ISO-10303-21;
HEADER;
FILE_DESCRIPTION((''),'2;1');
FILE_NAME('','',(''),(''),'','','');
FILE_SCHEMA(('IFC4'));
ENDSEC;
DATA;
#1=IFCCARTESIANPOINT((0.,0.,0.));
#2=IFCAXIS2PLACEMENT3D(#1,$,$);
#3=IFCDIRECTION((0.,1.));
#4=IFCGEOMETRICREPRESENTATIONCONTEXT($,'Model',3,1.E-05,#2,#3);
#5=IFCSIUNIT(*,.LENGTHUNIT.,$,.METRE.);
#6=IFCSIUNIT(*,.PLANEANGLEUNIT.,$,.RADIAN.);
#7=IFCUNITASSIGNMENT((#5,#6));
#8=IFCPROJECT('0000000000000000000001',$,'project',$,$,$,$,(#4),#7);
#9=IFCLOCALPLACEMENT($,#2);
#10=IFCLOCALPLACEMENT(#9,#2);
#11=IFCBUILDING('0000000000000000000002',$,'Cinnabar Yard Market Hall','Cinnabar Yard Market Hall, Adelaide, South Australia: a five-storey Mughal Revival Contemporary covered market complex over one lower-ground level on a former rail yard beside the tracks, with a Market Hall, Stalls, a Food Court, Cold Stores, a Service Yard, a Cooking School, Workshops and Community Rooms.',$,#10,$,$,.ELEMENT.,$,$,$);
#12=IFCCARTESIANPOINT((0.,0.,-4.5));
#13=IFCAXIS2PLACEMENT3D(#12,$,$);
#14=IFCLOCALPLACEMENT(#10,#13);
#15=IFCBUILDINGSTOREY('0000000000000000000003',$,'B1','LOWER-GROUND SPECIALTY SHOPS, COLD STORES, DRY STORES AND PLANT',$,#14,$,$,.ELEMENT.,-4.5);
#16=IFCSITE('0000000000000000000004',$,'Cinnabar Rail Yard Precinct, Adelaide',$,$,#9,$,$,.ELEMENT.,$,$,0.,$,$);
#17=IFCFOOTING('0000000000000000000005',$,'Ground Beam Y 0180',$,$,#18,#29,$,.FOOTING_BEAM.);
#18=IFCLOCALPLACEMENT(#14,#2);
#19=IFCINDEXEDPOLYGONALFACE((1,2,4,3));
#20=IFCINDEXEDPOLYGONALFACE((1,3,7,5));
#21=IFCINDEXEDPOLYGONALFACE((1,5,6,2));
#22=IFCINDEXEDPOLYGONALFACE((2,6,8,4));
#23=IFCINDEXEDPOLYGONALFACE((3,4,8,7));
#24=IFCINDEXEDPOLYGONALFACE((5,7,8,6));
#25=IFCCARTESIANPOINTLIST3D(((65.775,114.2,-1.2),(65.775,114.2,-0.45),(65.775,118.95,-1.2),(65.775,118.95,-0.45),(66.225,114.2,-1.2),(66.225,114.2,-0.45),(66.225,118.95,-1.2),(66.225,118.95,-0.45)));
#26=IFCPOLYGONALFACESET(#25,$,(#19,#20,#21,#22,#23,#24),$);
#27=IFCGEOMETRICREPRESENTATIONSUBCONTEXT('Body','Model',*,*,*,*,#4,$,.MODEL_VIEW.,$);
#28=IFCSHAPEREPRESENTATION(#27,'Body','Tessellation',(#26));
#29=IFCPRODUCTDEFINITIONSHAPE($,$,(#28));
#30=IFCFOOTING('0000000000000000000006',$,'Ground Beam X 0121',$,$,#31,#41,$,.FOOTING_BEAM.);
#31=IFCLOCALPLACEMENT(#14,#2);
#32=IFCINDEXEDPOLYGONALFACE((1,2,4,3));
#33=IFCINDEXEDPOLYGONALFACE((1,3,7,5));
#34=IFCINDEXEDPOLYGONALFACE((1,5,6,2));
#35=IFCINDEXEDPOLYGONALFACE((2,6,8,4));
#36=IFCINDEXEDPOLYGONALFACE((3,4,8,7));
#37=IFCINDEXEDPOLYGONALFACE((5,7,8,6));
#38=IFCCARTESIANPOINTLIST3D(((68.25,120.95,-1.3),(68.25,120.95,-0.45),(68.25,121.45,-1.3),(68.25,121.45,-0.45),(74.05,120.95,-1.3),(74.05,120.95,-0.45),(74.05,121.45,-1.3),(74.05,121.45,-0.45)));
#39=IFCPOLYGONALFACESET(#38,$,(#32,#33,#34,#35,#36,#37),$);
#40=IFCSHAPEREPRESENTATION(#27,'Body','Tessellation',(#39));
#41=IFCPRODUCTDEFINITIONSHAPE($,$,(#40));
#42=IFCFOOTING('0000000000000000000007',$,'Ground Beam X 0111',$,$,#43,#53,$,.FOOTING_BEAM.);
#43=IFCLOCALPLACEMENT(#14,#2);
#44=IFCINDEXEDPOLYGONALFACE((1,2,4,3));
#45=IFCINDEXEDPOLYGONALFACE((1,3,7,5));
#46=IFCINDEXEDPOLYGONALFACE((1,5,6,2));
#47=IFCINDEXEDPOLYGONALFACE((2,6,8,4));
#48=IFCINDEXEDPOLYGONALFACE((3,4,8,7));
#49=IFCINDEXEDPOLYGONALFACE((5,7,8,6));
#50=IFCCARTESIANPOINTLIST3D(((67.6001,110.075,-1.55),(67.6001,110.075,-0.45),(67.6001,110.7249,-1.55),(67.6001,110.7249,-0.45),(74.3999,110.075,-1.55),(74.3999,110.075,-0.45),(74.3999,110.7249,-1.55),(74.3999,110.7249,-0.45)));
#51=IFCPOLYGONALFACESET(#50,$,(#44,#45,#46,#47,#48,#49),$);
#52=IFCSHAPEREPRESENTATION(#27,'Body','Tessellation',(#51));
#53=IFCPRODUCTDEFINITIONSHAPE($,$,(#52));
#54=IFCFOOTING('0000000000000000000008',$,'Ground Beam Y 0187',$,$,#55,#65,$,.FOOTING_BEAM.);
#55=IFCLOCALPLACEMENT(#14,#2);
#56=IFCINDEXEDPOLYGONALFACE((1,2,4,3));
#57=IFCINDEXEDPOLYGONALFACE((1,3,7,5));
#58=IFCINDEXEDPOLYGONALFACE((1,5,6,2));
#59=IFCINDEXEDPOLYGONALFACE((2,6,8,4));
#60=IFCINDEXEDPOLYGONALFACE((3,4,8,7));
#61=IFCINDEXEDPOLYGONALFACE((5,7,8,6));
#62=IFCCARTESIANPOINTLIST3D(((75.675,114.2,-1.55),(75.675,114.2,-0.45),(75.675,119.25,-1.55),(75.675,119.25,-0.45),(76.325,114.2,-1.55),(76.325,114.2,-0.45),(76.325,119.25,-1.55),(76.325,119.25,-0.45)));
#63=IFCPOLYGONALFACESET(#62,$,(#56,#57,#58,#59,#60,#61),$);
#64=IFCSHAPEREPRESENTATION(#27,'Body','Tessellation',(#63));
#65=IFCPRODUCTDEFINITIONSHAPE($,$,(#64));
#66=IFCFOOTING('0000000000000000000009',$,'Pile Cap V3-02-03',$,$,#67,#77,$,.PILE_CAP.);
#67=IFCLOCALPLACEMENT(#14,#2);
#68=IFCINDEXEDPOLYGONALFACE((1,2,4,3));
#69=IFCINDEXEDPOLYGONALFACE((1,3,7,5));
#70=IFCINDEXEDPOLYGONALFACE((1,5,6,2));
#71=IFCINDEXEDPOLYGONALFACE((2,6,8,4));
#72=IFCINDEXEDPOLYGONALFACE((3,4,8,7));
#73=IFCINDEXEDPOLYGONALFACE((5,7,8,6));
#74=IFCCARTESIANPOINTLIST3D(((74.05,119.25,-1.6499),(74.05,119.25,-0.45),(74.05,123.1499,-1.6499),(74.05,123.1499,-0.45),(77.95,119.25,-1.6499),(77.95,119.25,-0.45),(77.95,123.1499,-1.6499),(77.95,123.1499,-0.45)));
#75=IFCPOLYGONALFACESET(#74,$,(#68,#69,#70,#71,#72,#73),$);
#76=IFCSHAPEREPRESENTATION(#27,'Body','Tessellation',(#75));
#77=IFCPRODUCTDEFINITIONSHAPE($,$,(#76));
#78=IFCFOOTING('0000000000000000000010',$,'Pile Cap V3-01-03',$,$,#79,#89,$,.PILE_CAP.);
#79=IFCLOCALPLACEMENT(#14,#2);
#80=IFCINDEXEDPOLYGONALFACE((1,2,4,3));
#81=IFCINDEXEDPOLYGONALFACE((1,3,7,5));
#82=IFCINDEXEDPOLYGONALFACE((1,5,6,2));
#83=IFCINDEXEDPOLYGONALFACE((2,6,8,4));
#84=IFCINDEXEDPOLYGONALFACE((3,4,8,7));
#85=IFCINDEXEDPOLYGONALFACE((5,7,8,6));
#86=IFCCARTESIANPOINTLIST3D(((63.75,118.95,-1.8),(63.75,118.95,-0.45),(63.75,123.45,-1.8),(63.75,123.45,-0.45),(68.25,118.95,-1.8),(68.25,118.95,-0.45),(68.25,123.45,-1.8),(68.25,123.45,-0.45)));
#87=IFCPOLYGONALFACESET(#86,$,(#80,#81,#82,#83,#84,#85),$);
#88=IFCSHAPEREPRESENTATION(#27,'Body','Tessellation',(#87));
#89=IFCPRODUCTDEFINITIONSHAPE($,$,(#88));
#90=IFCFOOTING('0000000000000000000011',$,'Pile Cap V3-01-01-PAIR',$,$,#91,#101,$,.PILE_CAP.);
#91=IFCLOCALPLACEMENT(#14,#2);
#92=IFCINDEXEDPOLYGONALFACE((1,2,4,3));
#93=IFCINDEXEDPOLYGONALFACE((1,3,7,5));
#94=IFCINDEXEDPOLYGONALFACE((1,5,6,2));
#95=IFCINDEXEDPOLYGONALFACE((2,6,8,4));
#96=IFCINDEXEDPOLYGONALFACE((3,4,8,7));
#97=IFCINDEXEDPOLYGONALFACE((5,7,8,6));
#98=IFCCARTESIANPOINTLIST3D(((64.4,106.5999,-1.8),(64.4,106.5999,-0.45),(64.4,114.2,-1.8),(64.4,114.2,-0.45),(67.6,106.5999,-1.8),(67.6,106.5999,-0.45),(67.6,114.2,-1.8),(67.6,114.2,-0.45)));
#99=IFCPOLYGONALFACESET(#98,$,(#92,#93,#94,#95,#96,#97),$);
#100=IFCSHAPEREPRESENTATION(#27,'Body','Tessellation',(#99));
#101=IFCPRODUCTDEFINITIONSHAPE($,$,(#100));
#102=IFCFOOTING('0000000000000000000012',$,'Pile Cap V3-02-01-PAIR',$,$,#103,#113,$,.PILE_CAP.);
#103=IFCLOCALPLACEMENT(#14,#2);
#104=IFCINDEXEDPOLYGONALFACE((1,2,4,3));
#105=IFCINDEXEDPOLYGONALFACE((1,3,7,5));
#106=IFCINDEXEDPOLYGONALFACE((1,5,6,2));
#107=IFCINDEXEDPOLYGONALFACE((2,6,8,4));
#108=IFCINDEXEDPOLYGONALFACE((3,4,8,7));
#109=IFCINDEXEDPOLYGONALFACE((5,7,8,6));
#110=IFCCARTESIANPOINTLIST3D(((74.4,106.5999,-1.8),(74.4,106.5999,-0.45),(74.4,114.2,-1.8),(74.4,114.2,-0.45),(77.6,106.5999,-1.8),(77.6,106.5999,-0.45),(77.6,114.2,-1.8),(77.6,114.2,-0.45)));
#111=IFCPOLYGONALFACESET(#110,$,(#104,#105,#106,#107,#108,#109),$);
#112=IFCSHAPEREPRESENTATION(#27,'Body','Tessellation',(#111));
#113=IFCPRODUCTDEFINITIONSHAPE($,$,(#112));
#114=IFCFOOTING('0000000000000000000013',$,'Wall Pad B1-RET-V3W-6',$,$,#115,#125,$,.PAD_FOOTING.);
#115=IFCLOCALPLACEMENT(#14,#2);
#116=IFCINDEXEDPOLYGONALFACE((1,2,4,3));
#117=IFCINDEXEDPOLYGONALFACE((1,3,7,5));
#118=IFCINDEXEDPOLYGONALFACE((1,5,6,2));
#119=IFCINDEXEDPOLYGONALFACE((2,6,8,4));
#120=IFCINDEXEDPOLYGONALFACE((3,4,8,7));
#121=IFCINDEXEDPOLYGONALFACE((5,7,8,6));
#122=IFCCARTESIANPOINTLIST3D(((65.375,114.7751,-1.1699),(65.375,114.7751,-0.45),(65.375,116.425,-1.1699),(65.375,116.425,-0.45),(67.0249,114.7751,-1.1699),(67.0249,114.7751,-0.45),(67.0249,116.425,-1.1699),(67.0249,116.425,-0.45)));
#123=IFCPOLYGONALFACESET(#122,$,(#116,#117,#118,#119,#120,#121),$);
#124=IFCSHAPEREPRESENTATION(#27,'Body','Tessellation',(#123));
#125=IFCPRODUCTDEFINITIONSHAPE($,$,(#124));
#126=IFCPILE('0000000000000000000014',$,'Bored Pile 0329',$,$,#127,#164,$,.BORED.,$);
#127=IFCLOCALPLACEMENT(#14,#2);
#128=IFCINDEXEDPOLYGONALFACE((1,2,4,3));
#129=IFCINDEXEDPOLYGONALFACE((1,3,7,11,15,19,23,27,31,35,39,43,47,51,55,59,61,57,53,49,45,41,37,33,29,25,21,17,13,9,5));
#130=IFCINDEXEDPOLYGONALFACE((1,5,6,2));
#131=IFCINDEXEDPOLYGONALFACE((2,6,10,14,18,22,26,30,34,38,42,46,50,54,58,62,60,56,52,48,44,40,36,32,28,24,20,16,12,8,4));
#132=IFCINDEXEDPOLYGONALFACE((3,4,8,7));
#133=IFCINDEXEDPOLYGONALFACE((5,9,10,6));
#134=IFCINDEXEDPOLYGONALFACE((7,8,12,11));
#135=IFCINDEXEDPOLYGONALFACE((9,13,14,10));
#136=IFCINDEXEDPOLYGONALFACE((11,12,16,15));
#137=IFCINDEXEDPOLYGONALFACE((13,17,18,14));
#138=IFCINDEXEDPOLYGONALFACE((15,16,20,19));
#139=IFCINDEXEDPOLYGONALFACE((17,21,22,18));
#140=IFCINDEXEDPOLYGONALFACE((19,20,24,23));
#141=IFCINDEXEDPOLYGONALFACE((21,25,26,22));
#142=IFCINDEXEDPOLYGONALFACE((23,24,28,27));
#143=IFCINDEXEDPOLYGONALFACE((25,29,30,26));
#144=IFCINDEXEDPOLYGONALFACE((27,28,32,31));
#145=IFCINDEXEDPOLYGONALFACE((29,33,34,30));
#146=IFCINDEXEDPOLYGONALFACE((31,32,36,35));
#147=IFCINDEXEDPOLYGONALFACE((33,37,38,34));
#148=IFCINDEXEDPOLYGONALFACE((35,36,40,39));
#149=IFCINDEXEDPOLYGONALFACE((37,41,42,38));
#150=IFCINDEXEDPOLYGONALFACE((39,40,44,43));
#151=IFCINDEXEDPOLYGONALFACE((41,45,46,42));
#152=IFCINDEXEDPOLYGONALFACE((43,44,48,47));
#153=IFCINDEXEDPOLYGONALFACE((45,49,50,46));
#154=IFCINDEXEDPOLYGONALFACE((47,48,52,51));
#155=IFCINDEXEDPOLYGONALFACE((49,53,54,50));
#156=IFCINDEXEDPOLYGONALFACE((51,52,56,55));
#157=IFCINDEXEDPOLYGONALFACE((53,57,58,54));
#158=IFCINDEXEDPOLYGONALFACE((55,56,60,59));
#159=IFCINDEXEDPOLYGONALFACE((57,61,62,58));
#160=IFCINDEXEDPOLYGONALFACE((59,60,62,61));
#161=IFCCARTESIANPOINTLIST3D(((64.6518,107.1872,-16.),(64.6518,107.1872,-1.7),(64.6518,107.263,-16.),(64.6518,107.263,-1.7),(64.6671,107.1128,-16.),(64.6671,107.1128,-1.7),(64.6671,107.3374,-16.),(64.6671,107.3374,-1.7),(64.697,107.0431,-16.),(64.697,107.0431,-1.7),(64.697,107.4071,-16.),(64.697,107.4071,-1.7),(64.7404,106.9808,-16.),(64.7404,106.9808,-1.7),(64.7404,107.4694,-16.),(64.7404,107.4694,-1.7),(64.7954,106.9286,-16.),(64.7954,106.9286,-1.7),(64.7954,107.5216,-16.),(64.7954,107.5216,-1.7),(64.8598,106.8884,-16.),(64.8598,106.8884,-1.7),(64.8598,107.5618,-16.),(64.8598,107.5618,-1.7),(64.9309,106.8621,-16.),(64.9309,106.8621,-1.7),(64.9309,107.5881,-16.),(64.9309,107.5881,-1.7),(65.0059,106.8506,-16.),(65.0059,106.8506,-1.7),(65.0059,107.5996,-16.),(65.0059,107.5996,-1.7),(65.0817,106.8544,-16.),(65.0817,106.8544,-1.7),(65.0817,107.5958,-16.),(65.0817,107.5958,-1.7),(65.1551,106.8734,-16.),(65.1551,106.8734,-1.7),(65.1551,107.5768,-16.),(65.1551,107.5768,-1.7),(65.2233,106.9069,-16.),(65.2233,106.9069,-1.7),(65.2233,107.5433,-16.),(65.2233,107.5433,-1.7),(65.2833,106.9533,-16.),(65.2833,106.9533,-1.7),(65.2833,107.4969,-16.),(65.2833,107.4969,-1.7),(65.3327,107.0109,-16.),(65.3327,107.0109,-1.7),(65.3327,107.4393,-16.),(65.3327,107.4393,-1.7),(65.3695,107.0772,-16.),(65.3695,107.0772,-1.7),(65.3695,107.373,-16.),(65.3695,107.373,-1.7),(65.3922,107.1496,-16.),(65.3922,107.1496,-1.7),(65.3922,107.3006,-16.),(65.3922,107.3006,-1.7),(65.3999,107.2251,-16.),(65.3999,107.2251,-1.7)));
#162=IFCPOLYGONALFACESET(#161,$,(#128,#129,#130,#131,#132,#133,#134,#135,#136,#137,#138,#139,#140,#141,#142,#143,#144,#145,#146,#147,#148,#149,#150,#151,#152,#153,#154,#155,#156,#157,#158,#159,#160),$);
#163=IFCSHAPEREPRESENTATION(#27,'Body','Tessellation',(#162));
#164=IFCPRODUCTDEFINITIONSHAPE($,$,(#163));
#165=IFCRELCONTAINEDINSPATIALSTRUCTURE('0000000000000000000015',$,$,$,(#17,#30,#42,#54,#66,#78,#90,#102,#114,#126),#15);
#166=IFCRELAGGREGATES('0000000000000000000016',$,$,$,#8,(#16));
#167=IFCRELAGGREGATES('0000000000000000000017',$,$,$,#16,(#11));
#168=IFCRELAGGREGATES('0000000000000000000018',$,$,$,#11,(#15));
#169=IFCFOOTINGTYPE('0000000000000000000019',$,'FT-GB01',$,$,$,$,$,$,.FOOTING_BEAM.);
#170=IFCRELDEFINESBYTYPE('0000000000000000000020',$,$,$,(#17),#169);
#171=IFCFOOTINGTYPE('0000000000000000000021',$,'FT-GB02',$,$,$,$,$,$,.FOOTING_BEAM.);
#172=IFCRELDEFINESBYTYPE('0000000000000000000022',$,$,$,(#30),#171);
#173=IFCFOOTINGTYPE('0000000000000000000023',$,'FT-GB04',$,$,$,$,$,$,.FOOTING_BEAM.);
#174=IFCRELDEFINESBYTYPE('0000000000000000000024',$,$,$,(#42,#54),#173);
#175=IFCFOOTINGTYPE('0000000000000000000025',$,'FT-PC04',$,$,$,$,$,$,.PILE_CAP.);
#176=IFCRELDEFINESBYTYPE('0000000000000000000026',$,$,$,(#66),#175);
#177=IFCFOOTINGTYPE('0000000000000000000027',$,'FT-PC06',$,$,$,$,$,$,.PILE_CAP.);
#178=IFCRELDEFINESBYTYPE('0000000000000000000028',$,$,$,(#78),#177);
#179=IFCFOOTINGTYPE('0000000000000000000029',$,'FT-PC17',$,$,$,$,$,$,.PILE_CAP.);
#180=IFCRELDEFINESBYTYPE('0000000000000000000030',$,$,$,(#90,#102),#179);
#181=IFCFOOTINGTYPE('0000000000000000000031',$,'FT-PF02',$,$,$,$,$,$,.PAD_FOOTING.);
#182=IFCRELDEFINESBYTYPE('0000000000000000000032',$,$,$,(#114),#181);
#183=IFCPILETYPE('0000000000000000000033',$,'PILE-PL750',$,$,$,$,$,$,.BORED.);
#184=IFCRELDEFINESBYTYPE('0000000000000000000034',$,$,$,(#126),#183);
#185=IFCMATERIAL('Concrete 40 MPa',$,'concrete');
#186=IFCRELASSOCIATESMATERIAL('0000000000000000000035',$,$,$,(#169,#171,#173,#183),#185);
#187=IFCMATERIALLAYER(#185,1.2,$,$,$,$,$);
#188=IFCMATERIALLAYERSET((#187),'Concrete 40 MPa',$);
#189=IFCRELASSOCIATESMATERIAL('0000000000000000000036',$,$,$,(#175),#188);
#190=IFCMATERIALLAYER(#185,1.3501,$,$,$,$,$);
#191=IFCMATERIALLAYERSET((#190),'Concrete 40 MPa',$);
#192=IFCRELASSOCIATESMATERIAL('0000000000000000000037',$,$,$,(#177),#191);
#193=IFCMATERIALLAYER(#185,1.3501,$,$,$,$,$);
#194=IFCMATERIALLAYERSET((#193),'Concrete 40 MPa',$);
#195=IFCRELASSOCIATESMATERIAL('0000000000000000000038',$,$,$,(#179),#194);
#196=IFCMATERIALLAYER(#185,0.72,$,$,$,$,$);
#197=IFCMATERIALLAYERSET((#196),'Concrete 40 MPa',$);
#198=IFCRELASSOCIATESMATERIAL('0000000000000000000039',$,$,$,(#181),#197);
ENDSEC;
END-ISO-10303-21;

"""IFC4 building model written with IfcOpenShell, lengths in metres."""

from ifc_helpers import new_model, si_unit, direction, frame, origin, origin_2d_with_axis, place, context, subcontext, project, spatial, rectangle, circle, extrude, material, layer, layer_set, material_profile, profile_set, type_object, element, save


model = new_model("IFC4")

# Units and contexts
model_context = context("Model", 3, precision=1e-05, world=origin(), true_north=direction((0.0, 1.0)))
body_context = subcontext(model_context, "Body", "Model", "MODEL_VIEW")
ifc_project = project(units=[si_unit("LENGTHUNIT", "METRE"), si_unit("PLANEANGLEUNIT", "RADIAN")], contexts=[model_context])

# Site, building, storey
site_placement = place(None, origin())
site = spatial("IfcSite", under=ifc_project, at=site_placement, Name="Cinnabar Rail Yard Precinct, Adelaide", CompositionType="ELEMENT", RefElevation=0.0)
building_placement = place(site_placement, origin())
building = spatial("IfcBuilding", under=site, at=building_placement, Name="Cinnabar Yard Market Hall", Description="Cinnabar Yard Market Hall, Adelaide, South Australia: a five-storey Mughal Revival Contemporary covered market complex over one lower-ground level on a former rail yard beside the tracks, with a Market Hall, Stalls, a Food Court, Cold Stores, a Service Yard, a Cooking School, Workshops and Community Rooms.", CompositionType="ELEMENT")
storey_placement = place(building_placement, frame((0.0, 0.0, -4.5)))
storey = spatial("IfcBuildingStorey", under=building, at=storey_placement, Name="B1", Description="LOWER-GROUND SPECIALTY SHOPS, COLD STORES, DRY STORES AND PLANT", CompositionType="ELEMENT", Elevation=-4.5)

# Footings
ifc_material_1 = material(Name="Concrete 40 MPa", Category="concrete")
ifc_material_profile_1 = material_profile(ifc_material_1, rectangle(XDim=0.45, YDim=0.75, at=origin_2d_with_axis()), Name="GB-450x750")
ifc_profile_set_1 = profile_set([ifc_material_profile_1], Name="Concrete 40 MPa")
footing_type_1 = type_object("IfcFootingType", Name="FT-GB01", PredefinedType="FOOTING_BEAM", material=ifc_profile_set_1)
footing_1_placement = place(storey_placement, frame((66.0, 114.2, -0.825), z_axis=(0.0, 1.0, 0.0), x_axis=(-1.0, 0.0, 0.0)))
element("IfcFooting", 1, at=footing_1_placement, inside=storey, type_object=footing_type_1, Name="Ground Beam Y 0180", PredefinedType="FOOTING_BEAM", context=body_context, shape_type="SweptSolid", body=[
    extrude(rectangle(XDim=0.45, YDim=0.75, at=origin_2d_with_axis()), origin(), (0.0, 0.0, 1.0), 4.75),
])
ifc_material_profile_2 = material_profile(ifc_material_1, rectangle(XDim=0.5, YDim=0.8501, at=origin_2d_with_axis()), Name="GB-500x850")
ifc_profile_set_2 = profile_set([ifc_material_profile_2], Name="Concrete 40 MPa")
footing_type_2 = type_object("IfcFootingType", Name="FT-GB02", PredefinedType="FOOTING_BEAM", material=ifc_profile_set_2)
footing_2_placement = place(storey_placement, frame((68.25, 121.2, -0.875), z_axis=(1.0, 0.0, 0.0), x_axis=(0.0, 1.0, 0.0)))
element("IfcFooting", 2, at=footing_2_placement, inside=storey, type_object=footing_type_2, Name="Ground Beam X 0121", PredefinedType="FOOTING_BEAM", context=body_context, shape_type="SweptSolid", body=[
    extrude(rectangle(XDim=0.5, YDim=0.8501, at=origin_2d_with_axis()), origin(), (0.0, 0.0, 1.0), 5.8),
])
ifc_material_profile_3 = material_profile(ifc_material_1, rectangle(XDim=0.6499, YDim=1.1001, at=origin_2d_with_axis()), Name="GB-650x1100")
ifc_profile_set_3 = profile_set([ifc_material_profile_3], Name="Concrete 40 MPa")
footing_type_3 = type_object("IfcFootingType", Name="FT-GB04", PredefinedType="FOOTING_BEAM", material=ifc_profile_set_3)
footing_3_placement = place(storey_placement, frame((67.6001, 110.3999, -1.0), z_axis=(1.0, 0.0, 0.0), x_axis=(0.0, 1.0, 0.0)))
element("IfcFooting", 3, at=footing_3_placement, inside=storey, type_object=footing_type_3, Name="Ground Beam X 0111", PredefinedType="FOOTING_BEAM", context=body_context, shape_type="SweptSolid", body=[
    extrude(rectangle(XDim=0.6499, YDim=1.1001, at=origin_2d_with_axis()), origin(), (0.0, 0.0, 1.0), 6.7998),
])
footing_4_placement = place(storey_placement, frame((76.0, 114.2, -1.0), z_axis=(0.0, 1.0, 0.0), x_axis=(-1.0, 0.0, 0.0)))
element("IfcFooting", 4, at=footing_4_placement, inside=storey, type_object=footing_type_3, Name="Ground Beam Y 0187", PredefinedType="FOOTING_BEAM", context=body_context, shape_type="SweptSolid", body=[
    extrude(rectangle(XDim=0.6499, YDim=1.1001, at=origin_2d_with_axis()), origin(), (0.0, 0.0, 1.0), 5.05),
])
ifc_layer_1 = layer(ifc_material_1, 1.2)
ifc_layer_set_1 = layer_set([ifc_layer_1], Name="Concrete 40 MPa")
footing_type_4 = type_object("IfcFootingType", Name="FT-PC04", PredefinedType="PILE_CAP", material=ifc_layer_set_1)
footing_5_placement = place(storey_placement, frame((76.0, 121.2, -1.6499), z_axis=(0.0, 0.0, 1.0), x_axis=(1.0, 0.0, 0.0)))
element("IfcFooting", 5, at=footing_5_placement, inside=storey, type_object=footing_type_4, Name="Pile Cap V3-02-03", PredefinedType="PILE_CAP", context=body_context, shape_type="SweptSolid", body=[
    extrude(rectangle(XDim=3.8999, YDim=3.8999, at=origin_2d_with_axis()), origin(), (0.0, 0.0, 1.0), 1.2),
])
ifc_layer_2 = layer(ifc_material_1, 1.3501)
ifc_layer_set_2 = layer_set([ifc_layer_2], Name="Concrete 40 MPa")
footing_type_5 = type_object("IfcFootingType", Name="FT-PC06", PredefinedType="PILE_CAP", material=ifc_layer_set_2)
footing_6_placement = place(storey_placement, frame((66.0, 121.2, -1.8), z_axis=(0.0, 0.0, 1.0), x_axis=(1.0, 0.0, 0.0)))
element("IfcFooting", 6, at=footing_6_placement, inside=storey, type_object=footing_type_5, Name="Pile Cap V3-01-03", PredefinedType="PILE_CAP", context=body_context, shape_type="SweptSolid", body=[
    extrude(rectangle(XDim=4.5, YDim=4.5, at=origin_2d_with_axis()), origin(), (0.0, 0.0, 1.0), 1.3501),
])
ifc_layer_3 = layer(ifc_material_1, 1.3501)
ifc_layer_set_3 = layer_set([ifc_layer_3], Name="Concrete 40 MPa")
footing_type_6 = type_object("IfcFootingType", Name="FT-PC17", PredefinedType="PILE_CAP", material=ifc_layer_set_3)
for number, where, z_axis, x_axis, name in (
    (7, (66.0, 110.3999, -1.8), (0.0, 0.0, 1.0), (1.0, 0.0, 0.0), "Pile Cap V3-01-01-PAIR"),
    (8, (76.0, 110.3999, -1.8), (0.0, 0.0, 1.0), (1.0, 0.0, 0.0), "Pile Cap V3-02-01-PAIR"),
):
    element("IfcFooting", number, at=place(storey_placement, frame(where, z_axis=z_axis, x_axis=x_axis)), inside=storey, type_object=footing_type_6, Name=name, PredefinedType="PILE_CAP", context=body_context, shape_type="SweptSolid", body=[
        extrude(rectangle(XDim=3.2, YDim=7.6001, at=origin_2d_with_axis()), origin(), (0.0, 0.0, 1.0), 1.3501),
    ])
ifc_layer_4 = layer(ifc_material_1, 0.72)
ifc_layer_set_4 = layer_set([ifc_layer_4], Name="Concrete 40 MPa")
footing_type_7 = type_object("IfcFootingType", Name="FT-PF02", PredefinedType="PAD_FOOTING", material=ifc_layer_set_4)
footing_7_placement = place(storey_placement, frame((66.2, 115.6001, -1.1699), z_axis=(0.0, 0.0, 1.0), x_axis=(1.0, 0.0, 0.0)))
element("IfcFooting", 9, at=footing_7_placement, inside=storey, type_object=footing_type_7, Name="Wall Pad B1-RET-V3W-6", PredefinedType="PAD_FOOTING", context=body_context, shape_type="SweptSolid", body=[
    extrude(rectangle(XDim=1.6499, YDim=1.6499, at=origin_2d_with_axis()), origin(), (0.0, 0.0, 1.0), 0.72),
])

# Pile
ifc_material_profile_4 = material_profile(ifc_material_1, circle(Radius=0.375, at=origin_2d_with_axis()), Name="PILE-D750")
ifc_profile_set_4 = profile_set([ifc_material_profile_4], Name="Concrete 40 MPa")
pile_type = type_object("IfcPileType", Name="PILE-PL750", PredefinedType="BORED", material=ifc_profile_set_4)
for number, where, z_axis, x_axis, name in (
    (10, (65.0249, 107.2251, -1.7), (0.0, 0.0, -1.0), (1.0, 0.0, 0.0), "Bored Pile 0329"),
):
    element("IfcPile", number, at=place(storey_placement, frame(where, z_axis=z_axis, x_axis=x_axis)), inside=storey, type_object=pile_type, Name=name, PredefinedType="BORED", context=body_context, shape_type="SweptSolid", body=[
        extrude(circle(Radius=0.375, at=origin_2d_with_axis()), origin(), (0.0, 0.0, 1.0), 14.3),
    ])

save(model, "model.ifc")
